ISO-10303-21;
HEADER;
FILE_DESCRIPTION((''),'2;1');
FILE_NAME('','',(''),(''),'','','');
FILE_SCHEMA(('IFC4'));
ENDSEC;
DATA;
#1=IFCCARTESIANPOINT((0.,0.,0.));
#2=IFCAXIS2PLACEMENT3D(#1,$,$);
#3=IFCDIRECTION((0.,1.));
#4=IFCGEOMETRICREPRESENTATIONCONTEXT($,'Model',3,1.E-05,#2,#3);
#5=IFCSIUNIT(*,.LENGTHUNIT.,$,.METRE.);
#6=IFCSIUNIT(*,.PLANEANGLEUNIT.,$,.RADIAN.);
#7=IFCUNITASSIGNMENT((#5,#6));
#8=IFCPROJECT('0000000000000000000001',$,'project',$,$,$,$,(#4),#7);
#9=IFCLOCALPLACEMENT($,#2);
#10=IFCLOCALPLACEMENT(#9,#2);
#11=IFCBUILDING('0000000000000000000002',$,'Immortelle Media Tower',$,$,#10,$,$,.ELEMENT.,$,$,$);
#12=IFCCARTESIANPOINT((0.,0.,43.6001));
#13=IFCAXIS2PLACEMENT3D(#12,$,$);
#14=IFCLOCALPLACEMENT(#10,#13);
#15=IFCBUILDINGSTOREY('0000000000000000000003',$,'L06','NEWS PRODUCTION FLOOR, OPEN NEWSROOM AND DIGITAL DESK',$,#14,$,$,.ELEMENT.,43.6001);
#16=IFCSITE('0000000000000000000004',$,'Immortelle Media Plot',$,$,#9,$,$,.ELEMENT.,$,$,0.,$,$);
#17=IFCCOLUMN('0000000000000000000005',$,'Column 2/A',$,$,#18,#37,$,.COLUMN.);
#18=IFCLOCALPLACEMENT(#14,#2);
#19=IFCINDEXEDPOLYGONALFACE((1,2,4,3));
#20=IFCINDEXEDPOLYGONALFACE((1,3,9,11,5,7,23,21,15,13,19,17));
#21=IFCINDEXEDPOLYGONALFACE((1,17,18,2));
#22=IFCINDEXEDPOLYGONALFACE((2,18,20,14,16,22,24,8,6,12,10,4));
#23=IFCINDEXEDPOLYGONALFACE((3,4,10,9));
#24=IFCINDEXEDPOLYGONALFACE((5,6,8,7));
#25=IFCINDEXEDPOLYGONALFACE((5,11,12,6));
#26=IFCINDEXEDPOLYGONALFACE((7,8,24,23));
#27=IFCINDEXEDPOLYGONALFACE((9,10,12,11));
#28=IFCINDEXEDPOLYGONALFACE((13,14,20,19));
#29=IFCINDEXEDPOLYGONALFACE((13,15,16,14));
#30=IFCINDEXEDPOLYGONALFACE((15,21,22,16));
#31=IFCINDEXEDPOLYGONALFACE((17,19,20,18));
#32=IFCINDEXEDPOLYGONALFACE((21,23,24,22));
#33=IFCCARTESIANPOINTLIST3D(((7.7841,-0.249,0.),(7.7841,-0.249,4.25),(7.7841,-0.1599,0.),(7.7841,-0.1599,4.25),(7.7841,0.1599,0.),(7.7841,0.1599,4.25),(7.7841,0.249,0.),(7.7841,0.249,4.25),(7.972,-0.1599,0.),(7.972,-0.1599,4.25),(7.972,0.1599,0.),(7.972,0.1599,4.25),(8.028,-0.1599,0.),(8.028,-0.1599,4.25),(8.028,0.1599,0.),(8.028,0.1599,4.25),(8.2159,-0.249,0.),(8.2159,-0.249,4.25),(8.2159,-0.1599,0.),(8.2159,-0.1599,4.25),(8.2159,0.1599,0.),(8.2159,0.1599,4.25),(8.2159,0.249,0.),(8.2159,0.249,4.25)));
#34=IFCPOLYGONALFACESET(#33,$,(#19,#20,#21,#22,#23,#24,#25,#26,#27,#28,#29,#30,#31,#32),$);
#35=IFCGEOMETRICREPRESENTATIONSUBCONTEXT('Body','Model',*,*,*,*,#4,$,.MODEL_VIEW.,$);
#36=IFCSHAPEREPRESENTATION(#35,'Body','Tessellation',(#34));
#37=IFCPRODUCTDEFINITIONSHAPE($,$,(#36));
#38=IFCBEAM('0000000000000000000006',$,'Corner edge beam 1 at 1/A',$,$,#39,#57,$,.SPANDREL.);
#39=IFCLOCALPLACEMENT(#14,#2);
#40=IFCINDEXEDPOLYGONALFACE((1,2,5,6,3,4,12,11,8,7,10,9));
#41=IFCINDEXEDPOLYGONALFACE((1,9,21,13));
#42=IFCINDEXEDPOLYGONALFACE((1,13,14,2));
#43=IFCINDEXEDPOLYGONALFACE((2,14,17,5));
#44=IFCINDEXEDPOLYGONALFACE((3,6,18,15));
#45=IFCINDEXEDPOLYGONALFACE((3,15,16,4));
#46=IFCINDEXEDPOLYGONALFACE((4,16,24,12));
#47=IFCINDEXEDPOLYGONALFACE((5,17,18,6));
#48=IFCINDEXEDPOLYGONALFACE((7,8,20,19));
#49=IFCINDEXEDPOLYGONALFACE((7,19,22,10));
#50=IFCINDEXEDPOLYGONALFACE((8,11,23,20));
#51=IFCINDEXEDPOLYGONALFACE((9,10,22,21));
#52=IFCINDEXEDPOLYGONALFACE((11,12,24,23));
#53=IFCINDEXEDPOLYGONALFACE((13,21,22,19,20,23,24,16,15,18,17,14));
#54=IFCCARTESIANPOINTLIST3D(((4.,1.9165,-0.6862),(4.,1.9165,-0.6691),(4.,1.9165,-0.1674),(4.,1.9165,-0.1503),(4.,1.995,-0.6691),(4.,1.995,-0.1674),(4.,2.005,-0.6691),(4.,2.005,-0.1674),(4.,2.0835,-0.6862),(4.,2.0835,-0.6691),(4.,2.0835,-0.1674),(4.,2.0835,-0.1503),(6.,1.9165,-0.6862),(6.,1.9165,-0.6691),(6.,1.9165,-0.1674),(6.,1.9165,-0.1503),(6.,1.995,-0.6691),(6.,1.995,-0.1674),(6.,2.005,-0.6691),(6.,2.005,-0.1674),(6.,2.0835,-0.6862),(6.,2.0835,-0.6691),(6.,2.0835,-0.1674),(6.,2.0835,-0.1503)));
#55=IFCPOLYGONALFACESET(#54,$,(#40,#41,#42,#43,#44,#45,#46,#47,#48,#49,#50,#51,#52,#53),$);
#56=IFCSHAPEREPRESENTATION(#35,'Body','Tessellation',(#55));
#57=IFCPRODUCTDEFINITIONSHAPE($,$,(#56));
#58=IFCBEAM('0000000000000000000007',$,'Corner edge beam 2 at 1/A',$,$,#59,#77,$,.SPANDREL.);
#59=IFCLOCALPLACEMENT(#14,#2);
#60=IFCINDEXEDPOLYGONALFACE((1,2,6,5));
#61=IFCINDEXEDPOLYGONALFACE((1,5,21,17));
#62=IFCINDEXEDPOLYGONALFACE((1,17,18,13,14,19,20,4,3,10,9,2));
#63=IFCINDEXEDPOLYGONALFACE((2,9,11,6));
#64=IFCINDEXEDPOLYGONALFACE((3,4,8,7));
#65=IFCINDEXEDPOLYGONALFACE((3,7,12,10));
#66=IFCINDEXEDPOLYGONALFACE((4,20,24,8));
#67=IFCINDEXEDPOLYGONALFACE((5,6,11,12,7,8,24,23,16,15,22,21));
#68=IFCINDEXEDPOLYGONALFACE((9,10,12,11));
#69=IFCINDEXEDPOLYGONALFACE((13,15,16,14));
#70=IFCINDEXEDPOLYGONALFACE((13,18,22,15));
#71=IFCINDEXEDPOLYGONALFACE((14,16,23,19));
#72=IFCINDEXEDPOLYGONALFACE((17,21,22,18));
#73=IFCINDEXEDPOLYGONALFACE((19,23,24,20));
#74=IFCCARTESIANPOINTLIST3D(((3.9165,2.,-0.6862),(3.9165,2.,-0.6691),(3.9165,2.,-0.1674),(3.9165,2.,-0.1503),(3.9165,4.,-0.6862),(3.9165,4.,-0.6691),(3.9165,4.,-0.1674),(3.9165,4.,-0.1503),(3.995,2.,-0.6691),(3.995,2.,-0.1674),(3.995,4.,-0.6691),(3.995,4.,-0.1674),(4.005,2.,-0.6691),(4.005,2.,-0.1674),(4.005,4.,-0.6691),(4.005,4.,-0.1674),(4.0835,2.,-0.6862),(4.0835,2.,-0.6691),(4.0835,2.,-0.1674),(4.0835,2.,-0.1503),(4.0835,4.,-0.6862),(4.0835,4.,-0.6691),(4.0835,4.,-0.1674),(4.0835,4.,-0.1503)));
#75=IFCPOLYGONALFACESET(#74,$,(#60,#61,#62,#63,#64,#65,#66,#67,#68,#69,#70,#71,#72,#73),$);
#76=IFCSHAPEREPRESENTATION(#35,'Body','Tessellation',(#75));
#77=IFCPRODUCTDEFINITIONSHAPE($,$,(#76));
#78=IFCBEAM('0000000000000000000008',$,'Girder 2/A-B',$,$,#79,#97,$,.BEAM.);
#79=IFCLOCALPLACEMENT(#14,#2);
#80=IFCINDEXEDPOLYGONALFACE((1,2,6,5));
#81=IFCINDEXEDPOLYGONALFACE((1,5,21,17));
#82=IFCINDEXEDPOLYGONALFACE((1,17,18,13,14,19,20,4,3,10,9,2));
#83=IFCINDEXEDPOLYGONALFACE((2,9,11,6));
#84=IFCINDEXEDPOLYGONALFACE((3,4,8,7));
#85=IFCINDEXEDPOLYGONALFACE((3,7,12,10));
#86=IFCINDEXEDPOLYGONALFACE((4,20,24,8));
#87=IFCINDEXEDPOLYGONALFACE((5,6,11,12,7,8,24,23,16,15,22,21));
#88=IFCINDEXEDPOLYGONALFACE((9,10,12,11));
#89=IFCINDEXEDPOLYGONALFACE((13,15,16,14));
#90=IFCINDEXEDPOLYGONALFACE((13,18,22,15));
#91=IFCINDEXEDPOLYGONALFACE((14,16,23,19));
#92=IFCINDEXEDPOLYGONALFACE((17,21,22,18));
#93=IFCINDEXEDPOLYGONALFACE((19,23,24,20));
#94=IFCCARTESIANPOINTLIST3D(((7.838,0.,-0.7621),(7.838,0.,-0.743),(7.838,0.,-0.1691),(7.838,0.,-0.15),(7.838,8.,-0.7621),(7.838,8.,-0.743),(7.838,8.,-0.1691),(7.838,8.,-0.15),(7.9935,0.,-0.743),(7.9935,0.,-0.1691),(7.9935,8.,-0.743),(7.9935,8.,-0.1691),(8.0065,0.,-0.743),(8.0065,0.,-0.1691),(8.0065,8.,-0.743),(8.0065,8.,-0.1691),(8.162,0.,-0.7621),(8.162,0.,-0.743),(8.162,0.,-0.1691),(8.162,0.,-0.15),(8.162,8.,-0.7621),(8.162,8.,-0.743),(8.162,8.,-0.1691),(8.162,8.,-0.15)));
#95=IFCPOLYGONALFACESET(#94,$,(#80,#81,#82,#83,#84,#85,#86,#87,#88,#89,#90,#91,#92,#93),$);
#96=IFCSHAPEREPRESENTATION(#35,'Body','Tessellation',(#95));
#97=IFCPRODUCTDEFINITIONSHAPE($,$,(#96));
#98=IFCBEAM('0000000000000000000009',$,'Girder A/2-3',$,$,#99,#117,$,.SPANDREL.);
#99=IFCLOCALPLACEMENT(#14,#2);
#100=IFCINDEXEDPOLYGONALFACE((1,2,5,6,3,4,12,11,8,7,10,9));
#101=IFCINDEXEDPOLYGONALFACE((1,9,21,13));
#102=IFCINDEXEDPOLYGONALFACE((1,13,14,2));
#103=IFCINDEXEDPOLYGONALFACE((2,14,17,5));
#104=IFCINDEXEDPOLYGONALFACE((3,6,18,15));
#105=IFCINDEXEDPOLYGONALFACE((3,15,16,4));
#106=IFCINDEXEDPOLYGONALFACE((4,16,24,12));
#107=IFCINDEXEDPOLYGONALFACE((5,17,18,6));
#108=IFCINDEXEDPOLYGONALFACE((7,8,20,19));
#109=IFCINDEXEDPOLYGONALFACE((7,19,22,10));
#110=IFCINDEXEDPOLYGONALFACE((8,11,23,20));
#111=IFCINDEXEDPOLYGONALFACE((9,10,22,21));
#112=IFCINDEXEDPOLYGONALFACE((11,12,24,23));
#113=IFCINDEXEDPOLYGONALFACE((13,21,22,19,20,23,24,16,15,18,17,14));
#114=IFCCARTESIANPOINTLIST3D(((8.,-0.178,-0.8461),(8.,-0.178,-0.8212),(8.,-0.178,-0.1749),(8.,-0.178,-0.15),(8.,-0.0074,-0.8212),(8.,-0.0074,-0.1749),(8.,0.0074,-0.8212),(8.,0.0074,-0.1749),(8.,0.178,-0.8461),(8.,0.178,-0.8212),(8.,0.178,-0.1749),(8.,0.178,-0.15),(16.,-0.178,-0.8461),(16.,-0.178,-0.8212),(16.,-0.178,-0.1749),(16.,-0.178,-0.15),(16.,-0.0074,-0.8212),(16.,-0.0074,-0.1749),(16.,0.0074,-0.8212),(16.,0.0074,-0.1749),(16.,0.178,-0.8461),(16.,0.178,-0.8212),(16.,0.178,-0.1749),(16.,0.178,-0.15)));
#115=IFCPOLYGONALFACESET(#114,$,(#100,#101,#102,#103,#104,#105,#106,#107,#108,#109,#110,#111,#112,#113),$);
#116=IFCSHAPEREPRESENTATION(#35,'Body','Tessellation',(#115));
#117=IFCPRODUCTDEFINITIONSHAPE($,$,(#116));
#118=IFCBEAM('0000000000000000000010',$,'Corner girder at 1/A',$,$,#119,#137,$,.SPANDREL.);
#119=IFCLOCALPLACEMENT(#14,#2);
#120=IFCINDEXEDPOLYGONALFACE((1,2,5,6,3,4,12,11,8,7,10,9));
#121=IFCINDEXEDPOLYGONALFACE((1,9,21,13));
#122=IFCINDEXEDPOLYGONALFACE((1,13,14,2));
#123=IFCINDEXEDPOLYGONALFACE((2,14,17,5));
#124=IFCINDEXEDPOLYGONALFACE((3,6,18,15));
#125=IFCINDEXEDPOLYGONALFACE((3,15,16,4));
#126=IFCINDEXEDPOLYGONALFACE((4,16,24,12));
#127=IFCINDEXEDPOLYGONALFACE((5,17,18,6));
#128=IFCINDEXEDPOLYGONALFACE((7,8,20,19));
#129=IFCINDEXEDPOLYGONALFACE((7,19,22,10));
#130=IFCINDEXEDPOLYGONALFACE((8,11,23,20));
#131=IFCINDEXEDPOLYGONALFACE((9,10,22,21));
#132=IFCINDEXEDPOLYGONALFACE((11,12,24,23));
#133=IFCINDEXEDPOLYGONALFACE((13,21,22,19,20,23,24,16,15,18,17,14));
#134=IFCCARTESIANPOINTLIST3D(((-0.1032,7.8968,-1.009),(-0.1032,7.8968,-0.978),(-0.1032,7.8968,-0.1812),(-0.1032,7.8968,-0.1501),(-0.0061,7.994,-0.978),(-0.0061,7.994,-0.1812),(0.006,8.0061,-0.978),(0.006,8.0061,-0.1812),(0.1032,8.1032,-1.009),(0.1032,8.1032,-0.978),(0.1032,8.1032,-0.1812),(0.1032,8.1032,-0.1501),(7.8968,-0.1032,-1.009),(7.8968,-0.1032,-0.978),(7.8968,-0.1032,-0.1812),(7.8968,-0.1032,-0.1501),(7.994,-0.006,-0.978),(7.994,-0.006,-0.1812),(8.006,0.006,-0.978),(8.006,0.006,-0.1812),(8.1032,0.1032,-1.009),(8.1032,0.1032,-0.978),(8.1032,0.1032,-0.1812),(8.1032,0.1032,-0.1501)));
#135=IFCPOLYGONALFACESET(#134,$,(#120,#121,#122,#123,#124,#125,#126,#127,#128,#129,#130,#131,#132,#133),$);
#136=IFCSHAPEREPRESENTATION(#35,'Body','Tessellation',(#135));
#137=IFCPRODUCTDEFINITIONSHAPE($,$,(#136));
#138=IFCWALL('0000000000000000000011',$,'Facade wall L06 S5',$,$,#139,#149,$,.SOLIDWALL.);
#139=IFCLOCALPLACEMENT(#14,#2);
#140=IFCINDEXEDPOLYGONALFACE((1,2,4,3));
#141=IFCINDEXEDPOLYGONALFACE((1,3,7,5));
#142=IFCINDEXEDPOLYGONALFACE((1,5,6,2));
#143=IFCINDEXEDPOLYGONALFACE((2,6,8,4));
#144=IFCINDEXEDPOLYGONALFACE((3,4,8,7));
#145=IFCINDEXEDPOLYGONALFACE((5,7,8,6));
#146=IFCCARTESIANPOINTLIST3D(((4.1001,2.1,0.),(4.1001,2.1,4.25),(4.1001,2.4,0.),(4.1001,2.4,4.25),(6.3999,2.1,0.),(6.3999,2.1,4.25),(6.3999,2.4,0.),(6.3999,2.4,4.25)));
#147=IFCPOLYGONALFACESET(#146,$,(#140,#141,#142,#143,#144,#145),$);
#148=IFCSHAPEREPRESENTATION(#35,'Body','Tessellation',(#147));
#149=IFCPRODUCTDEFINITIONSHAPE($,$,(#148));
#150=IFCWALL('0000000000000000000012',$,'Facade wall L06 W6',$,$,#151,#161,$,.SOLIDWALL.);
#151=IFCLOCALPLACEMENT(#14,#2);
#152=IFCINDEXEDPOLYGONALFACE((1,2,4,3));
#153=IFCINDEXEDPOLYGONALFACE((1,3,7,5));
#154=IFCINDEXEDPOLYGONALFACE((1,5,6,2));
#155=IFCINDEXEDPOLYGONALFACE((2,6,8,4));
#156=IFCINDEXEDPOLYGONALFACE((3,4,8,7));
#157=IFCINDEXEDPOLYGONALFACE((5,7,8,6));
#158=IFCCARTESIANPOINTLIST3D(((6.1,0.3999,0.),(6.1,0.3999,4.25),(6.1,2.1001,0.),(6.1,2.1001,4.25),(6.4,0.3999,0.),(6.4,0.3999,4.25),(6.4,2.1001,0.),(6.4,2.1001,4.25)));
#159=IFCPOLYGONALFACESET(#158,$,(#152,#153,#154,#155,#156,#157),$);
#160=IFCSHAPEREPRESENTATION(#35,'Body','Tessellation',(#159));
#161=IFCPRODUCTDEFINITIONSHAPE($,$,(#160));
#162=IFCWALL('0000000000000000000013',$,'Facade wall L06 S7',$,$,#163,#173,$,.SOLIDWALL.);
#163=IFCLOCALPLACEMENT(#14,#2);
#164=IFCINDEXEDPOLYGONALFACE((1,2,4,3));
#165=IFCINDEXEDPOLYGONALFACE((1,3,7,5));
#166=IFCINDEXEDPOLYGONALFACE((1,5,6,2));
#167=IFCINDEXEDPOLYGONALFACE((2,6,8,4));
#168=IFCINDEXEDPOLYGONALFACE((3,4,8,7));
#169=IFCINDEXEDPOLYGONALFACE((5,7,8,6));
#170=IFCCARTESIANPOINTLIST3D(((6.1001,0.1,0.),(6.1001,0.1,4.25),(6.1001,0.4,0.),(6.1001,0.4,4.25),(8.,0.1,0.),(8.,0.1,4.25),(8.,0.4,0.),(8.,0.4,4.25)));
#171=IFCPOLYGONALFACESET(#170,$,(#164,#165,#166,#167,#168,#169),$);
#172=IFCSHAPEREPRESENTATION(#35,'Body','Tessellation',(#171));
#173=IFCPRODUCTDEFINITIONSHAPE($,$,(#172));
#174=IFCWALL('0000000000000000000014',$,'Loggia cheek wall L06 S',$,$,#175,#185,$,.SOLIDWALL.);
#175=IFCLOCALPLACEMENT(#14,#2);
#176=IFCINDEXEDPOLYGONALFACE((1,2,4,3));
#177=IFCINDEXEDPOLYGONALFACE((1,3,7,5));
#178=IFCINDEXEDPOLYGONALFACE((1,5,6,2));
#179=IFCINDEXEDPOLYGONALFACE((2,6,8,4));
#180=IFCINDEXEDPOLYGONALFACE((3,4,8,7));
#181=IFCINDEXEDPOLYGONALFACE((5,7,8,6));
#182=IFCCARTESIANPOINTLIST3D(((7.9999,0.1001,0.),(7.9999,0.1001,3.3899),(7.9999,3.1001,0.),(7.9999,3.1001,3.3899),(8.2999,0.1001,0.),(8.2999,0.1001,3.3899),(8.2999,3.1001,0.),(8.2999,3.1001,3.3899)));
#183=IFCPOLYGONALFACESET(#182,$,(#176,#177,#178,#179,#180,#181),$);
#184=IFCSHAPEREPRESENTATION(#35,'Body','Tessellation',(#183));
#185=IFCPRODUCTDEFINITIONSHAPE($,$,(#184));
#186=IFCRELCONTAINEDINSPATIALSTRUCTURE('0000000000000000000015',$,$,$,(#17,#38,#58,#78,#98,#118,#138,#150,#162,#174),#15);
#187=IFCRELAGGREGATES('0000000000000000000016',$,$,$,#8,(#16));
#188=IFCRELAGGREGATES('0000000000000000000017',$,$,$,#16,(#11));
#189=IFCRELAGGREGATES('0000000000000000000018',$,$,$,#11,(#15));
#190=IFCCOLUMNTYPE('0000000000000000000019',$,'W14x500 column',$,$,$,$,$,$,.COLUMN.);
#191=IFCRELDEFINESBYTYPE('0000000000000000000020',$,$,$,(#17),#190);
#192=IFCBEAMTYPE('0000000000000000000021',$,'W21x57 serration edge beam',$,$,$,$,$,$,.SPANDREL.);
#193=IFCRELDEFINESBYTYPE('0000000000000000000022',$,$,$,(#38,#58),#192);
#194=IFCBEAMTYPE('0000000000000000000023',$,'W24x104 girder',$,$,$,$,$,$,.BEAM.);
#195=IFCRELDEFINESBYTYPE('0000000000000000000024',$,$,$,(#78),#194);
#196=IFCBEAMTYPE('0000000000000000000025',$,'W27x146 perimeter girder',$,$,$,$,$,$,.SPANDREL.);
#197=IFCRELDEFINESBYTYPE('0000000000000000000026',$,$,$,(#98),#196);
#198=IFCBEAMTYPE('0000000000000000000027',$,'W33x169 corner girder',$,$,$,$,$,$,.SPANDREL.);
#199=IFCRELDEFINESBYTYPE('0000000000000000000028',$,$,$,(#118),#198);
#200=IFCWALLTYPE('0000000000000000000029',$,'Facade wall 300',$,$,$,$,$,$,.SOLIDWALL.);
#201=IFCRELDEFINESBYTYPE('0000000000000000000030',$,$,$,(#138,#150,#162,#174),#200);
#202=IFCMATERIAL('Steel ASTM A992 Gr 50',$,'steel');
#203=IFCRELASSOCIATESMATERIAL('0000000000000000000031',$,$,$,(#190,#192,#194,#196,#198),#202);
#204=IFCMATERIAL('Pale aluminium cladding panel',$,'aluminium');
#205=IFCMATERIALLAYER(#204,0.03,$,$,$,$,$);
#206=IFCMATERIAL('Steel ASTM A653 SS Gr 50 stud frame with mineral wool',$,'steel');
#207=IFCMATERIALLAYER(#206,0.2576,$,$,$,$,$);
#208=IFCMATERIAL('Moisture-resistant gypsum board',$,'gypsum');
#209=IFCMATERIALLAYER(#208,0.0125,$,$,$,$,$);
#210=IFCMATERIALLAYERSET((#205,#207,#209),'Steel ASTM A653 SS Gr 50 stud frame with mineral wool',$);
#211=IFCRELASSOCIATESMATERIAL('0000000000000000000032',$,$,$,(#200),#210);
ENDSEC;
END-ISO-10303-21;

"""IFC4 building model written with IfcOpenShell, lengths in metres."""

from ifc_helpers import new_model, si_unit, direction, frame, frame_2d, origin, origin_2d, place, context, subcontext, project, spatial, rectangle, i_section, extrude, material, layer, layer_set, material_profile, profile_set, type_object, element, save


model = new_model("IFC4")

# Units and contexts
model_context = context("Model", 3, precision=1e-05, world=origin(), true_north=direction((0.0, 1.0)))
body_context = subcontext(model_context, "Body", "Model", "MODEL_VIEW")
ifc_project = project(units=[si_unit("LENGTHUNIT", "METRE"), si_unit("PLANEANGLEUNIT", "RADIAN")], contexts=[model_context])

# Site, building, storey
site_placement = place(None, origin())
site = spatial("IfcSite", under=ifc_project, at=site_placement, Name="Immortelle Media Plot", CompositionType="ELEMENT", RefElevation=0.0)
building_placement = place(site_placement, origin())
building = spatial("IfcBuilding", under=site, at=building_placement, Name="Immortelle Media Tower", CompositionType="ELEMENT")
storey_placement = place(building_placement, frame((0.0, 0.0, 43.6001)))
storey = spatial("IfcBuildingStorey", under=building, at=storey_placement, Name="L06", Description="NEWS PRODUCTION FLOOR, OPEN NEWSROOM AND DIGITAL DESK", CompositionType="ELEMENT", Elevation=43.6001)

# Column
ifc_material_1 = material(Name="Steel ASTM A992 Gr 50", Category="steel")
ifc_material_profile_1 = material_profile(ifc_material_1, i_section(OverallWidth=0.4319, OverallDepth=0.498, WebThickness=0.0559, FlangeThickness=0.0891, at=origin_2d()), Name="W14x500")
ifc_profile_set_1 = profile_set([ifc_material_profile_1], Name="Steel ASTM A992 Gr 50")
column_type = type_object("IfcColumnType", Name="W14x500 column", PredefinedType="COLUMN", material=ifc_profile_set_1)
column_placement = place(storey_placement, frame((8.0, 0.0, 0.0), z_axis=(0.0, 0.0, 1.0), x_axis=(1.0, 0.0, 0.0)))
element("IfcColumn", 1, at=column_placement, inside=storey, type_object=column_type, Name="Column 2/A", PredefinedType="COLUMN", context=body_context, shape_type="SweptSolid", body=[
    extrude(i_section(OverallWidth=0.4319, OverallDepth=0.498, WebThickness=0.0559, FlangeThickness=0.0891, at=origin_2d()), origin(), (0.0, 0.0, 1.0), 4.25),
])

# Beams
ifc_material_profile_2 = material_profile(ifc_material_1, i_section(OverallWidth=0.167, OverallDepth=0.5359, WebThickness=0.01, FlangeThickness=0.0171, at=origin_2d()), Name="W21x57")
ifc_profile_set_2 = profile_set([ifc_material_profile_2], Name="Steel ASTM A992 Gr 50")
beam_type_1 = type_object("IfcBeamType", Name="W21x57 serration edge beam", PredefinedType="SPANDREL", material=ifc_profile_set_2)
for number, where, z_axis, x_axis, name in (
    (2, (6.0, 2.0, -0.4182), (-1.0, 0.0, 0.0), (0.0, -1.0, 0.0), "Corner edge beam 1 at 1/A"),
    (3, (4.0, 2.0, -0.4182), (0.0, 1.0, 0.0), (-1.0, 0.0, 0.0), "Corner edge beam 2 at 1/A"),
):
    element("IfcBeam", number, at=place(storey_placement, frame(where, z_axis=z_axis, x_axis=x_axis)), inside=storey, type_object=beam_type_1, Name=name, PredefinedType="SPANDREL", context=body_context, shape_type="SweptSolid", body=[
        extrude(i_section(OverallWidth=0.167, OverallDepth=0.5359, WebThickness=0.01, FlangeThickness=0.0171, at=origin_2d()), origin(), (0.0, 0.0, 1.0), 2.0),
    ])
ifc_material_profile_3 = material_profile(ifc_material_1, i_section(OverallWidth=0.324, OverallDepth=0.6121, WebThickness=0.0129, FlangeThickness=0.019, at=origin_2d()), Name="W24x104")
ifc_profile_set_3 = profile_set([ifc_material_profile_3], Name="Steel ASTM A992 Gr 50")
beam_type_2 = type_object("IfcBeamType", Name="W24x104 girder", PredefinedType="BEAM", material=ifc_profile_set_3)
beam_1_placement = place(storey_placement, frame((8.0, 0.0, -0.4561), z_axis=(0.0, 1.0, 0.0), x_axis=(-1.0, 0.0, 0.0)))
element("IfcBeam", 4, at=beam_1_placement, inside=storey, type_object=beam_type_2, Name="Girder 2/A-B", PredefinedType="BEAM", context=body_context, shape_type="SweptSolid", body=[
    extrude(i_section(OverallWidth=0.324, OverallDepth=0.6121, WebThickness=0.0129, FlangeThickness=0.019, at=origin_2d()), origin(), (0.0, 0.0, 1.0), 8.0),
])
ifc_material_profile_4 = material_profile(ifc_material_1, i_section(OverallWidth=0.356, OverallDepth=0.696, WebThickness=0.0149, FlangeThickness=0.0249, at=origin_2d()), Name="W27x146")
ifc_profile_set_4 = profile_set([ifc_material_profile_4], Name="Steel ASTM A992 Gr 50")
beam_type_3 = type_object("IfcBeamType", Name="W27x146 perimeter girder", PredefinedType="SPANDREL", material=ifc_profile_set_4)
beam_2_placement = place(storey_placement, frame((8.0, 0.0, -0.498), z_axis=(1.0, 0.0, 0.0), x_axis=(0.0, 1.0, 0.0)))
element("IfcBeam", 5, at=beam_2_placement, inside=storey, type_object=beam_type_3, Name="Girder A/2-3", PredefinedType="SPANDREL", context=body_context, shape_type="SweptSolid", body=[
    extrude(i_section(OverallWidth=0.356, OverallDepth=0.696, WebThickness=0.0149, FlangeThickness=0.0249, at=origin_2d()), origin(), (0.0, 0.0, 1.0), 8.0),
])
ifc_material_profile_5 = material_profile(ifc_material_1, i_section(OverallWidth=0.292, OverallDepth=0.8589, WebThickness=0.0171, FlangeThickness=0.031, at=origin_2d()), Name="W33x169")
ifc_profile_set_5 = profile_set([ifc_material_profile_5], Name="Steel ASTM A992 Gr 50")
beam_type_4 = type_object("IfcBeamType", Name="W33x169 corner girder", PredefinedType="SPANDREL", material=ifc_profile_set_5)
beam_3_placement = place(storey_placement, frame((8.0, 0.0, -0.5796), z_axis=(-0.707107, 0.707107, 0.0), x_axis=(-0.707107, -0.707107, 0.0)))
element("IfcBeam", 6, at=beam_3_placement, inside=storey, type_object=beam_type_4, Name="Corner girder at 1/A", PredefinedType="SPANDREL", context=body_context, shape_type="SweptSolid", body=[
    extrude(i_section(OverallWidth=0.292, OverallDepth=0.8589, WebThickness=0.0171, FlangeThickness=0.031, at=origin_2d()), origin(), (0.0, 0.0, 1.0), 11.3137),
])

# Walls
ifc_material_2 = material(Name="Pale aluminium cladding panel", Category="aluminium")
ifc_layer_1 = layer(ifc_material_2, 0.03)
ifc_material_3 = material(Name="Steel ASTM A653 SS Gr 50 stud frame with mineral wool", Category="steel")
ifc_layer_2 = layer(ifc_material_3, 0.2576)
ifc_material_4 = material(Name="Moisture-resistant gypsum board", Category="gypsum")
ifc_layer_3 = layer(ifc_material_4, 0.0125)
ifc_layer_set_1 = layer_set([ifc_layer_1, ifc_layer_2, ifc_layer_3], Name="Steel ASTM A653 SS Gr 50 stud frame with mineral wool")
wall_type_1 = type_object("IfcWallType", Name="Facade wall 300", PredefinedType="SOLIDWALL", material=ifc_layer_set_1)
wall_1_placement = place(storey_placement, frame((4.1001, 2.25, 0.0), z_axis=(0.0, 0.0, 1.0), x_axis=(1.0, 0.0, 0.0)))
element("IfcWall", 7, at=wall_1_placement, inside=storey, type_object=wall_type_1, Name="Facade wall L06 S5", PredefinedType="SOLIDWALL", context=body_context, shape_type="SweptSolid", body=[
    extrude(rectangle(XDim=2.2998, YDim=0.3, at=frame_2d((1.1499, 0.0))), origin(), (0.0, 0.0, 1.0), 4.25),
])
wall_2_placement = place(storey_placement, frame((6.25, 2.1001, 0.0), z_axis=(0.0, 0.0, 1.0), x_axis=(0.0, -1.0, 0.0)))
element("IfcWall", 8, at=wall_2_placement, inside=storey, type_object=wall_type_1, Name="Facade wall L06 W6", PredefinedType="SOLIDWALL", context=body_context, shape_type="SweptSolid", body=[
    extrude(rectangle(XDim=1.7002, YDim=0.3, at=frame_2d((0.8501, 0.0))), origin(), (0.0, 0.0, 1.0), 4.25),
])
wall_3_placement = place(storey_placement, frame((6.1001, 0.25, 0.0), z_axis=(0.0, 0.0, 1.0), x_axis=(1.0, 0.0, 0.0)))
element("IfcWall", 9, at=wall_3_placement, inside=storey, type_object=wall_type_1, Name="Facade wall L06 S7", PredefinedType="SOLIDWALL", context=body_context, shape_type="SweptSolid", body=[
    extrude(rectangle(XDim=1.8999, YDim=0.3, at=frame_2d((0.95, 0.0))), origin(), (0.0, 0.0, 1.0), 4.25),
])

# Wall
wall_4_placement = place(storey_placement, frame((8.1499, 0.1001, 0.0), z_axis=(0.0, 0.0, 1.0), x_axis=(0.0, 1.0, 0.0)))
element("IfcWall", 10, at=wall_4_placement, inside=storey, type_object=wall_type_1, Name="Loggia cheek wall L06 S", PredefinedType="SOLIDWALL", context=body_context, shape_type="SweptSolid", body=[
    extrude(rectangle(XDim=3.0, YDim=0.3, at=frame_2d((1.5, 0.0))), origin(), (0.0, 0.0, 1.0), 3.3899),
])

save(model, "model.ifc")
